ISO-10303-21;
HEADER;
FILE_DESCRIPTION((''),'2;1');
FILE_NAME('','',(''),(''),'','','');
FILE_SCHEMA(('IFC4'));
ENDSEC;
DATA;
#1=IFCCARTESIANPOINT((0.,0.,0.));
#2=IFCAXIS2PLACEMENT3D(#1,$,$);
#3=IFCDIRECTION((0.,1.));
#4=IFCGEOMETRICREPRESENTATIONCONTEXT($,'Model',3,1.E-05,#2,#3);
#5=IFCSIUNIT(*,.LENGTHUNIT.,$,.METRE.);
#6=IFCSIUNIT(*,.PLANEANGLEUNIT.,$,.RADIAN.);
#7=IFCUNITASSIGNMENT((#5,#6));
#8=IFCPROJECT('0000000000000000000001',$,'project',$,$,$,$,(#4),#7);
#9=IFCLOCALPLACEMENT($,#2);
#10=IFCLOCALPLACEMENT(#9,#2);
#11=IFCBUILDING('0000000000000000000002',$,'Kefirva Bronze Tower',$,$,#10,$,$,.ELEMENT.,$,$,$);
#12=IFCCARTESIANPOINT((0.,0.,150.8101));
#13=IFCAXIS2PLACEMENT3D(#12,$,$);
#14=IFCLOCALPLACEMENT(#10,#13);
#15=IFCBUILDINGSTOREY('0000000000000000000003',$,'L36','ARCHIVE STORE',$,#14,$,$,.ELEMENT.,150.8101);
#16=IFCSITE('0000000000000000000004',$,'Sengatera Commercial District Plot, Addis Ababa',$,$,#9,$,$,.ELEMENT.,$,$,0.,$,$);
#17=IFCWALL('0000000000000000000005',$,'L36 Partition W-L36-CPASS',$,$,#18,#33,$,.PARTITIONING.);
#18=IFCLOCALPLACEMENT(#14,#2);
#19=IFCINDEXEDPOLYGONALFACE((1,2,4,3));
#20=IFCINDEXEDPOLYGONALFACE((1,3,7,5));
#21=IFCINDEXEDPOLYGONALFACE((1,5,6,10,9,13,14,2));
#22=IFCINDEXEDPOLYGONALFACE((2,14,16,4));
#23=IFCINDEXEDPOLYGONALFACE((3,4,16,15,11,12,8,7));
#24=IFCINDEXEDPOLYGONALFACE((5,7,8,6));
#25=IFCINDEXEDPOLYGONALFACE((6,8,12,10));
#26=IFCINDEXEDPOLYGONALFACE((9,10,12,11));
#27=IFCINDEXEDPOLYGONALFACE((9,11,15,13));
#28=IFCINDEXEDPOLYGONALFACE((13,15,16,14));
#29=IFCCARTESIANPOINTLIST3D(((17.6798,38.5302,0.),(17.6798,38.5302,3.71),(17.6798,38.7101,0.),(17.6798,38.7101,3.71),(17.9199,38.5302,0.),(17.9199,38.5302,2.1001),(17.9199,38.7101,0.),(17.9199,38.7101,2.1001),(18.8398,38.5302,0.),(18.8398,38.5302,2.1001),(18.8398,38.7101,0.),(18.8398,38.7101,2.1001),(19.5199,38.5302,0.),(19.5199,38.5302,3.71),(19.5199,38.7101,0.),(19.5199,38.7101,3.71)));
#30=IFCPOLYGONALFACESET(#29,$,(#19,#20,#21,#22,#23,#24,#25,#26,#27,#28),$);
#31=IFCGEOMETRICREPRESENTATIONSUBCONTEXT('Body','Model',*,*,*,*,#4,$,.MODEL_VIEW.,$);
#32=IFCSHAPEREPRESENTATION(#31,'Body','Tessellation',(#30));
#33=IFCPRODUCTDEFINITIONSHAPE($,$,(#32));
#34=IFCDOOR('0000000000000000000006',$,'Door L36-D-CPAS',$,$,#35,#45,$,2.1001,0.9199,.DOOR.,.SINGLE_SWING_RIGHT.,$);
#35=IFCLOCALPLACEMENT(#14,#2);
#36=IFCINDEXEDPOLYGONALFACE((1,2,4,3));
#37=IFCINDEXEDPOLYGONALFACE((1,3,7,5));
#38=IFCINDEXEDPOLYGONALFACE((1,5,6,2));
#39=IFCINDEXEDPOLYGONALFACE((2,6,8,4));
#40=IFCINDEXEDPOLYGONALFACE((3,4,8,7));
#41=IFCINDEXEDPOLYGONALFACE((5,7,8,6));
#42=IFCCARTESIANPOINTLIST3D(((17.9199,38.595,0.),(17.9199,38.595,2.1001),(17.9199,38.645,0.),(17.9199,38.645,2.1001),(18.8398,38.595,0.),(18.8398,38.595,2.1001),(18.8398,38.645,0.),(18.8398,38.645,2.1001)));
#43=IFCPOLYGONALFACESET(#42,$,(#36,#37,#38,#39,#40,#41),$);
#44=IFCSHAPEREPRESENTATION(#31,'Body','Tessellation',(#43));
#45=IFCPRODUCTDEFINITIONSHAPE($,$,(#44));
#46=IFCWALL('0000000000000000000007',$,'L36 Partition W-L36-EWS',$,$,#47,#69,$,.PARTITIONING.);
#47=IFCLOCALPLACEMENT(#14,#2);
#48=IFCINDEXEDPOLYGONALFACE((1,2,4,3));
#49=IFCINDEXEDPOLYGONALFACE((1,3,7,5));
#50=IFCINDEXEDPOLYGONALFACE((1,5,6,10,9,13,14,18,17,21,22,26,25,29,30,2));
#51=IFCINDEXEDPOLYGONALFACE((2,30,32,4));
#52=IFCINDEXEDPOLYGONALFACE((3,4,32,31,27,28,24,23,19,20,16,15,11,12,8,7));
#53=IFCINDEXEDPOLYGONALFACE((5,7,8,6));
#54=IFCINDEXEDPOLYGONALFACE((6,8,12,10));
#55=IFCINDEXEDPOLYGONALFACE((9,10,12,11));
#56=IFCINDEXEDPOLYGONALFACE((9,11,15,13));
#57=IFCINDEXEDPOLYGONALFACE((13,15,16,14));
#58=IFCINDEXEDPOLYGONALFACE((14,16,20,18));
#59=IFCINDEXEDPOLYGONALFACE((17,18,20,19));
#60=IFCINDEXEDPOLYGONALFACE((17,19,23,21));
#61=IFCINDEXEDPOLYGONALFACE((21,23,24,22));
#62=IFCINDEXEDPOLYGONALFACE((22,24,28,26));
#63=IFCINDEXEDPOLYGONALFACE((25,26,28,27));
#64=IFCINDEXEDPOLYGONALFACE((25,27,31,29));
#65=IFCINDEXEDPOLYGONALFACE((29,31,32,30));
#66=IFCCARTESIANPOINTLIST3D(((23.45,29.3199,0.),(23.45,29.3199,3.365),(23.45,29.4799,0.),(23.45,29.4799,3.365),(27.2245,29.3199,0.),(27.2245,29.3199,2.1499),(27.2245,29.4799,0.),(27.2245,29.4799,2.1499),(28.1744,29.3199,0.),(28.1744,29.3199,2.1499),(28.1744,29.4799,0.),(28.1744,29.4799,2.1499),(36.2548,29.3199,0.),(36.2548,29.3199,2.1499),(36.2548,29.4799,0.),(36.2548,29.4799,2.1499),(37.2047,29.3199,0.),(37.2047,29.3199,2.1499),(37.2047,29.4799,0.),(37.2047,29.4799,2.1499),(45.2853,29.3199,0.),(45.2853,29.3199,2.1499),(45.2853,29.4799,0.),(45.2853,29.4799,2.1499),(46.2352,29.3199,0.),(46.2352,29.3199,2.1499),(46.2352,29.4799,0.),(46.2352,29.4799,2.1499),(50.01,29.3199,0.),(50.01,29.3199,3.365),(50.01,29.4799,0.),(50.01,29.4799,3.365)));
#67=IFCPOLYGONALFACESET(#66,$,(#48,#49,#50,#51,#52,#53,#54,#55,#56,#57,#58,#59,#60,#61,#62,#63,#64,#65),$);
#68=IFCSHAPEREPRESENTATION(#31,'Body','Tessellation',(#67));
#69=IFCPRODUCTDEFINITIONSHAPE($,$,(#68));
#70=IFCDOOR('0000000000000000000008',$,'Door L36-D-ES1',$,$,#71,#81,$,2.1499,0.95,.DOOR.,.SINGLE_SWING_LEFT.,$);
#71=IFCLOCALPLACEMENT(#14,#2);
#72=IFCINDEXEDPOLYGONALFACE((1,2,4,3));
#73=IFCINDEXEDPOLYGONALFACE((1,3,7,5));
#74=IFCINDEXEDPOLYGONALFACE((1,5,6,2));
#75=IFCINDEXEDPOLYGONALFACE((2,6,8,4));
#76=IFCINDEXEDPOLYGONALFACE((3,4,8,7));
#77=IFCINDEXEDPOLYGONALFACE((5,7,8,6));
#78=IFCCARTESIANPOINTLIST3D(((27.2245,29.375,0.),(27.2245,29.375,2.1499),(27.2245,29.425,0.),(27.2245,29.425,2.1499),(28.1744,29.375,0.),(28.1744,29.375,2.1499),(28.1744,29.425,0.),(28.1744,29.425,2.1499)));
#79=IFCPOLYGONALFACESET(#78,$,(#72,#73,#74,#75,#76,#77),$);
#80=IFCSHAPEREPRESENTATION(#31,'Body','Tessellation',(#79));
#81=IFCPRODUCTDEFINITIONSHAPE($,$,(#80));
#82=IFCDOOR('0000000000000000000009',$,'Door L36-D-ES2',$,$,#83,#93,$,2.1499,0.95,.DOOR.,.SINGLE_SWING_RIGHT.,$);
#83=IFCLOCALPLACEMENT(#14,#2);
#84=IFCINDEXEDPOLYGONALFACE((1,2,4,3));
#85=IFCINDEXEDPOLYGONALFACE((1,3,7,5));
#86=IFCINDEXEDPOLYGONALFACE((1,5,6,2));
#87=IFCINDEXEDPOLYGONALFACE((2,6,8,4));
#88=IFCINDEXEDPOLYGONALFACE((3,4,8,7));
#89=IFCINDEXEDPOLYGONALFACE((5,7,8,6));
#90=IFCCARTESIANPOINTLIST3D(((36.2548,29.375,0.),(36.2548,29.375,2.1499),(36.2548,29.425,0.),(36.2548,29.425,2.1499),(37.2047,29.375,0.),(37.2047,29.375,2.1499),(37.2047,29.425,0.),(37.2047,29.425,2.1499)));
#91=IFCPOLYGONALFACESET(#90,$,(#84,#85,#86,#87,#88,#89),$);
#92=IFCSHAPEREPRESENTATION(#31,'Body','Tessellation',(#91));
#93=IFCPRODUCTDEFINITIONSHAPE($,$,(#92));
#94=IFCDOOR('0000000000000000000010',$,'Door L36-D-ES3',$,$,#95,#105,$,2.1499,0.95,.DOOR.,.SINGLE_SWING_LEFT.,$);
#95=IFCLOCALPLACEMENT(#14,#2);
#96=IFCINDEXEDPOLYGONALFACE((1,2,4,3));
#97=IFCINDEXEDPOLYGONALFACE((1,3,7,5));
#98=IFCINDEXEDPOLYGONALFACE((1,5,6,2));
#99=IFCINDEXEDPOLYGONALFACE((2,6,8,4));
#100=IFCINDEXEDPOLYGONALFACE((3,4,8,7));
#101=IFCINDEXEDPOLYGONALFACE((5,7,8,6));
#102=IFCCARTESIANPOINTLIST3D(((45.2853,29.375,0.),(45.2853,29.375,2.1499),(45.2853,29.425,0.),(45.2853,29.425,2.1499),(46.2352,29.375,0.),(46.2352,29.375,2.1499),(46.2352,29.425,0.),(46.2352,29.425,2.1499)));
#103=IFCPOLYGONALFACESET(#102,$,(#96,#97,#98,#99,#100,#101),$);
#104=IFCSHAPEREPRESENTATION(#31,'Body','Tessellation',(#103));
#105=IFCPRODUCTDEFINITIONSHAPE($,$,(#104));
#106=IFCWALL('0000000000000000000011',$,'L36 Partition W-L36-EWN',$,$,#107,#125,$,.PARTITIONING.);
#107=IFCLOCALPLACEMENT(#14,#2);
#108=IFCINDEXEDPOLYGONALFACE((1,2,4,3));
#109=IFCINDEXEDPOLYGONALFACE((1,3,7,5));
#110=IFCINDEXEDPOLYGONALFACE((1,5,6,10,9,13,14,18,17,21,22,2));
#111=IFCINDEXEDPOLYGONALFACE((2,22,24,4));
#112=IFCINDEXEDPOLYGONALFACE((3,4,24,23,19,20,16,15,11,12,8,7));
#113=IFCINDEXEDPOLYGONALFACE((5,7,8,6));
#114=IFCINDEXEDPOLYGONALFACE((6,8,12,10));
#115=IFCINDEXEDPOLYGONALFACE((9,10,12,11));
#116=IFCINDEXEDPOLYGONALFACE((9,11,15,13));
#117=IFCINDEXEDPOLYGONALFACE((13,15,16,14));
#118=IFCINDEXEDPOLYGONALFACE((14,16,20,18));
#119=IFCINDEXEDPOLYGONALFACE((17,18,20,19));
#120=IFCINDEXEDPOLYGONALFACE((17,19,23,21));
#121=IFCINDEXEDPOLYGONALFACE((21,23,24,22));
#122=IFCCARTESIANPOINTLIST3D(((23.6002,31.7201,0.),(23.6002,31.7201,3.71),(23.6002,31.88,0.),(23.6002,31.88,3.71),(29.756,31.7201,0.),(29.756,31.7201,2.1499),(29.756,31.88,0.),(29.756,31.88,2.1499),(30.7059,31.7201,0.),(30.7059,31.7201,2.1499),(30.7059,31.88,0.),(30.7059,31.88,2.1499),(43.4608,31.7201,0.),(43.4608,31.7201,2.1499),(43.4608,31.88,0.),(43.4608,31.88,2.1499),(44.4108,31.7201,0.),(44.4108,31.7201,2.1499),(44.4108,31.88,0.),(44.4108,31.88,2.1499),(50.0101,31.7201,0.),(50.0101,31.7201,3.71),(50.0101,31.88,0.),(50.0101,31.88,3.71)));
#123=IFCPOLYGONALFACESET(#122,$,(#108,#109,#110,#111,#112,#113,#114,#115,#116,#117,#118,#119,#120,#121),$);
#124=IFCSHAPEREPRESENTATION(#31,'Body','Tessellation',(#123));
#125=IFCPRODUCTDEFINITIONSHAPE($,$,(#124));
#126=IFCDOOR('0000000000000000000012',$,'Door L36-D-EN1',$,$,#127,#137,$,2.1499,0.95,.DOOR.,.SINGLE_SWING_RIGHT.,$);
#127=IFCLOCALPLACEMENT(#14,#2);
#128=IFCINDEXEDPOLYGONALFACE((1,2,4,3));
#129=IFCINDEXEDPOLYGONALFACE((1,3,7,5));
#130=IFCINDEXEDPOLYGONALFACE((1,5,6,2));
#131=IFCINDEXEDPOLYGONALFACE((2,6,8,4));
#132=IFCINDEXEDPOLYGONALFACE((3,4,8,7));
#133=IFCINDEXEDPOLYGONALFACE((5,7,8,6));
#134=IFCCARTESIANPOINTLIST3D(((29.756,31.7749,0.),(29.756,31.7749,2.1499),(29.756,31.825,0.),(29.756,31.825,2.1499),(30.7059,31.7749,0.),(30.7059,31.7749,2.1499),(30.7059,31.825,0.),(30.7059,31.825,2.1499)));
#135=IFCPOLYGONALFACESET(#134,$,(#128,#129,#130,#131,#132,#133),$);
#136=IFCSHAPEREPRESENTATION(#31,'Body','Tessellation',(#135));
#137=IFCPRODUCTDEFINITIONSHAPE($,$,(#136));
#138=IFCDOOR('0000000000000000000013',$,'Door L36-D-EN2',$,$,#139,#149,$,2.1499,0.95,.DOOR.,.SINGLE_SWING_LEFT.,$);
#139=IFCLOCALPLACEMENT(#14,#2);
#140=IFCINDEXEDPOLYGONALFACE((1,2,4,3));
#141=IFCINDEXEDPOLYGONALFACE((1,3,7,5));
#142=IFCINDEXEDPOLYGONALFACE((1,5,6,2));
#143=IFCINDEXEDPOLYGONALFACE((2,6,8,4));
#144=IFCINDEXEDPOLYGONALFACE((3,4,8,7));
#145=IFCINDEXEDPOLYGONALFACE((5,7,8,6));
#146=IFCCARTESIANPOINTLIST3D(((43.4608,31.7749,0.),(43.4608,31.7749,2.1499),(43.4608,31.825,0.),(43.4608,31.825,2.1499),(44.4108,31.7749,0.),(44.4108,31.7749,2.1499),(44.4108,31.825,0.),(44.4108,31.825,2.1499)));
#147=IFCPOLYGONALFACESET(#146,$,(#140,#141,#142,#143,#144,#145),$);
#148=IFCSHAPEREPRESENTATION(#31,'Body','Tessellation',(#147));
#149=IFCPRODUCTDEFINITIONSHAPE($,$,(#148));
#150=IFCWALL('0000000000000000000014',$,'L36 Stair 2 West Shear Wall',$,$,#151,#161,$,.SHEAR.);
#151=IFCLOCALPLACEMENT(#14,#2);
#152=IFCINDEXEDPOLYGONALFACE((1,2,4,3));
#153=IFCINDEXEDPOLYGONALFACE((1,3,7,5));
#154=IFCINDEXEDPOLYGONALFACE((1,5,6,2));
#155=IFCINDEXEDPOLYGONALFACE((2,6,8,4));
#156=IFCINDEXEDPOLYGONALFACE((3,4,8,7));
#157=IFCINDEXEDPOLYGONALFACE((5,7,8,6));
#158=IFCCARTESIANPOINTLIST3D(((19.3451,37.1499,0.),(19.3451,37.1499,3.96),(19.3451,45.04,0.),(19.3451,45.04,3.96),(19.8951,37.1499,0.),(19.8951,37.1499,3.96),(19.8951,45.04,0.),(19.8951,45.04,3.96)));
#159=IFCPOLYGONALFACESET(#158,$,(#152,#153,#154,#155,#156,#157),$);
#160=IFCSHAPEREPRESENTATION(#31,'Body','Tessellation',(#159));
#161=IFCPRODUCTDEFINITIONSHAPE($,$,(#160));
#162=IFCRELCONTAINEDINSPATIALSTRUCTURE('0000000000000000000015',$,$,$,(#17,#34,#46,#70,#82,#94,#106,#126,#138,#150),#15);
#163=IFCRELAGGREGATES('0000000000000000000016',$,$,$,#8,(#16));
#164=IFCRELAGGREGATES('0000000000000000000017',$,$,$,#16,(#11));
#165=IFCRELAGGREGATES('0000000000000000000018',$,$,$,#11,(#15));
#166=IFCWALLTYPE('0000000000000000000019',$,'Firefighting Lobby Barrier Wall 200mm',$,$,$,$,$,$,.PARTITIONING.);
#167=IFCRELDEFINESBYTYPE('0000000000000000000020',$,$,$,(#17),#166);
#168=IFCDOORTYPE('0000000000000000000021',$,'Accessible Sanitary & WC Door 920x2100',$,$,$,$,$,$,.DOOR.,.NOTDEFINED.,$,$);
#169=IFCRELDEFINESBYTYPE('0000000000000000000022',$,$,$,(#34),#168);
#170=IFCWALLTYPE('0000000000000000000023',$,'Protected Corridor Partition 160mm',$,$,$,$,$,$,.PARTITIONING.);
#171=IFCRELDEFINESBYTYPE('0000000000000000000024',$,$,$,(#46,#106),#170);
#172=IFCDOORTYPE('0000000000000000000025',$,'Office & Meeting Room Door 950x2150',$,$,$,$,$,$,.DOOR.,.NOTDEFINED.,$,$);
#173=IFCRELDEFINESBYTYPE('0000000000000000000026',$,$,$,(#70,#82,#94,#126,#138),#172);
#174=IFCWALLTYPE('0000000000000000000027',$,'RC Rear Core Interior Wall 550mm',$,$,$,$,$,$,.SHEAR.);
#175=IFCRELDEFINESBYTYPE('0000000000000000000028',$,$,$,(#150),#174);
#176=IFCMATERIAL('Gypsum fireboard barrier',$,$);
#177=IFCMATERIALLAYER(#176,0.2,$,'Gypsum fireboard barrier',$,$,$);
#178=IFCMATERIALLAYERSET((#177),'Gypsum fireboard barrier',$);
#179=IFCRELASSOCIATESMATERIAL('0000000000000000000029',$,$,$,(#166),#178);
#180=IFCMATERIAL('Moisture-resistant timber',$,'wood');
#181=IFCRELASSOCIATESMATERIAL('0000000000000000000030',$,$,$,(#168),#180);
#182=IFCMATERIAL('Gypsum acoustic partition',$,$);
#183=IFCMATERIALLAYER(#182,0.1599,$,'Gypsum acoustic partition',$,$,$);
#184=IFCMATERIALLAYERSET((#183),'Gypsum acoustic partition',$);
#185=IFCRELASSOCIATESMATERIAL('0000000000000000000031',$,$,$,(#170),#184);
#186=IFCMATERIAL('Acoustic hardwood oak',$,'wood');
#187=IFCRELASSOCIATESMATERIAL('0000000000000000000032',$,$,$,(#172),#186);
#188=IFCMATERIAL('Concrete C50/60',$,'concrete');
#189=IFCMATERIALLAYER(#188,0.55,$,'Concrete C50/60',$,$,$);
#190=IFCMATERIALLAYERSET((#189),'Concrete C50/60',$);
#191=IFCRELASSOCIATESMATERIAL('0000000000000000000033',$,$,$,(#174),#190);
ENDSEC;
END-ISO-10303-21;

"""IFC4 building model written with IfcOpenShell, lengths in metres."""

from ifc_helpers import new_model, si_unit, direction, frame, frame_2d, origin, place, context, subcontext, project, spatial, rectangle, extrude, material, layer, layer_set, type_object, element, fill, save


model = new_model("IFC4")

# Units and contexts
model_context = context("Model", 3, precision=1e-05, world=origin(), true_north=direction((0.0, 1.0)))
body_context = subcontext(model_context, "Body", "Model", "MODEL_VIEW")
ifc_project = project(units=[si_unit("LENGTHUNIT", "METRE"), si_unit("PLANEANGLEUNIT", "RADIAN")], contexts=[model_context])

# Site, building, storey
site_placement = place(None, origin())
site = spatial("IfcSite", under=ifc_project, at=site_placement, Name="Sengatera Commercial District Plot, Addis Ababa", CompositionType="ELEMENT", RefElevation=0.0)
building_placement = place(site_placement, origin())
building = spatial("IfcBuilding", under=site, at=building_placement, Name="Kefirva Bronze Tower", CompositionType="ELEMENT")
storey_placement = place(building_placement, frame((0.0, 0.0, 150.8101)))
storey = spatial("IfcBuildingStorey", under=building, at=storey_placement, Name="L36", Description="ARCHIVE STORE", CompositionType="ELEMENT", Elevation=150.8101)

# Wall, opening, door
ifc_material_1 = material(Name="Gypsum fireboard barrier")
ifc_layer_1 = layer(ifc_material_1, 0.2, Name="Gypsum fireboard barrier")
ifc_layer_set_1 = layer_set([ifc_layer_1], Name="Gypsum fireboard barrier")
wall_type_1 = type_object("IfcWallType", Name="Firefighting Lobby Barrier Wall 200mm", PredefinedType="PARTITIONING", material=ifc_layer_set_1)
wall_1_placement = place(storey_placement, frame((17.6799, 38.6201, 0.0), z_axis=(0.0, 0.0, 1.0), x_axis=(1.0, 0.0, 0.0)))
wall_1 = element("IfcWall", 1, at=wall_1_placement, inside=storey, type_object=wall_type_1, Name="L36 Partition W-L36-CPASS", PredefinedType="PARTITIONING", context=body_context, shape_type="SweptSolid", body=[
    extrude(rectangle(XDim=1.8401, YDim=0.1799, at=frame_2d((0.9199, 0.0))), origin(), (0.0, 0.0, 1.0), 3.71),
])
opening_1_placement = place(wall_1_placement, frame((0.24, 0.0, 0.0)))
opening_1 = element("IfcOpeningElement", 2, at=opening_1_placement, cuts=wall_1, PredefinedType="OPENING", context=body_context, shape_type="SweptSolid", body=[
    extrude(rectangle(XDim=0.9199, YDim=2.1001, at=frame_2d((0.46, 1.05))), frame((0.0, 0.1001, 0.0), z_axis=(0.0, -1.0, 0.0), x_axis=(1.0, 0.0, 0.0)), (0.0, 0.0, 1.0), 0.2),
])
ifc_material_2 = material(Name="Moisture-resistant timber", Category="wood")
door_type_1 = type_object("IfcDoorType", Name="Accessible Sanitary & WC Door 920x2100", OperationType="NOTDEFINED", PredefinedType="DOOR", material=ifc_material_2)
door_1_placement = place(opening_1_placement, origin())
door_1 = element("IfcDoor", 3, at=door_1_placement, inside=storey, type_object=door_type_1, Name="Door L36-D-CPAS", OperationType="SINGLE_SWING_RIGHT", OverallHeight=2.1001, OverallWidth=0.9199, PredefinedType="DOOR", context=body_context, shape_type="SweptSolid", body=[
    extrude(rectangle(XDim=0.9199, YDim=2.1001, at=frame_2d((0.46, 1.05))), frame((0.0, 0.0249, 0.0), z_axis=(0.0, -1.0, 0.0), x_axis=(1.0, 0.0, 0.0)), (0.0, 0.0, 1.0), 0.05),
])
fill(opening_1, door_1)

# Walls, openings, doors
ifc_material_3 = material(Name="Gypsum acoustic partition")
ifc_layer_2 = layer(ifc_material_3, 0.1599, Name="Gypsum acoustic partition")
ifc_layer_set_2 = layer_set([ifc_layer_2], Name="Gypsum acoustic partition")
wall_type_2 = type_object("IfcWallType", Name="Protected Corridor Partition 160mm", PredefinedType="PARTITIONING", material=ifc_layer_set_2)
wall_2_placement = place(storey_placement, frame((23.45, 29.3999, 0.0), z_axis=(0.0, 0.0, 1.0), x_axis=(1.0, 0.0, 0.0)))
wall_2 = element("IfcWall", 4, at=wall_2_placement, inside=storey, type_object=wall_type_2, Name="L36 Partition W-L36-EWS", PredefinedType="PARTITIONING", context=body_context, shape_type="SweptSolid", body=[
    extrude(rectangle(XDim=26.5601, YDim=0.1599, at=frame_2d((13.28, 0.0))), origin(), (0.0, 0.0, 1.0), 3.365),
])
opening_2_placement = place(wall_2_placement, frame((4.7246, 0.0, 0.0), z_axis=(0.0, 0.0, 1.0), x_axis=(-1.0, 0.0, 0.0)))
opening_2 = element("IfcOpeningElement", 5, at=opening_2_placement, cuts=wall_2, PredefinedType="OPENING", context=body_context, shape_type="SweptSolid", body=[
    extrude(rectangle(XDim=0.95, YDim=2.1499, at=frame_2d((0.4751, 1.075))), frame((0.0, 0.0898, 0.0), z_axis=(0.0, -1.0, 0.0), x_axis=(1.0, 0.0, 0.0)), (0.0, 0.0, 1.0), 0.1799),
])
opening_3_placement = place(wall_2_placement, frame((13.7549, 0.0, 0.0), z_axis=(0.0, 0.0, 1.0), x_axis=(-1.0, 0.0, 0.0)))
opening_3 = element("IfcOpeningElement", 6, at=opening_3_placement, cuts=wall_2, PredefinedType="OPENING", context=body_context, shape_type="SweptSolid", body=[
    extrude(rectangle(XDim=0.95, YDim=2.1499, at=frame_2d((0.4751, 1.075))), frame((0.0, 0.0898, 0.0), z_axis=(0.0, -1.0, 0.0), x_axis=(1.0, 0.0, 0.0)), (0.0, 0.0, 1.0), 0.1799),
])
opening_4_placement = place(wall_2_placement, frame((22.7854, 0.0, 0.0), z_axis=(0.0, 0.0, 1.0), x_axis=(-1.0, 0.0, 0.0)))
opening_4 = element("IfcOpeningElement", 7, at=opening_4_placement, cuts=wall_2, PredefinedType="OPENING", context=body_context, shape_type="SweptSolid", body=[
    extrude(rectangle(XDim=0.95, YDim=2.1499, at=frame_2d((0.4751, 1.075))), frame((0.0, 0.0898, 0.0), z_axis=(0.0, -1.0, 0.0), x_axis=(1.0, 0.0, 0.0)), (0.0, 0.0, 1.0), 0.1799),
])
ifc_material_4 = material(Name="Acoustic hardwood oak", Category="wood")
door_type_2 = type_object("IfcDoorType", Name="Office & Meeting Room Door 950x2150", OperationType="NOTDEFINED", PredefinedType="DOOR", material=ifc_material_4)
door_2_placement = place(opening_2_placement, origin())
door_2 = element("IfcDoor", 8, at=door_2_placement, inside=storey, type_object=door_type_2, Name="Door L36-D-ES1", OperationType="SINGLE_SWING_LEFT", OverallHeight=2.1499, OverallWidth=0.95, PredefinedType="DOOR", context=body_context, shape_type="SweptSolid", body=[
    extrude(rectangle(XDim=0.95, YDim=2.1499, at=frame_2d((0.4751, 1.075))), frame((0.0, 0.0249, 0.0), z_axis=(0.0, -1.0, 0.0), x_axis=(1.0, 0.0, 0.0)), (0.0, 0.0, 1.0), 0.05),
])
fill(opening_2, door_2)
door_3_placement = place(opening_3_placement, origin())
door_3 = element("IfcDoor", 9, at=door_3_placement, inside=storey, type_object=door_type_2, Name="Door L36-D-ES2", OperationType="SINGLE_SWING_RIGHT", OverallHeight=2.1499, OverallWidth=0.95, PredefinedType="DOOR", context=body_context, shape_type="SweptSolid", body=[
    extrude(rectangle(XDim=0.95, YDim=2.1499, at=frame_2d((0.4751, 1.075))), frame((0.0, 0.0249, 0.0), z_axis=(0.0, -1.0, 0.0), x_axis=(1.0, 0.0, 0.0)), (0.0, 0.0, 1.0), 0.05),
])
fill(opening_3, door_3)
door_4_placement = place(opening_4_placement, origin())
door_4 = element("IfcDoor", 10, at=door_4_placement, inside=storey, type_object=door_type_2, Name="Door L36-D-ES3", OperationType="SINGLE_SWING_LEFT", OverallHeight=2.1499, OverallWidth=0.95, PredefinedType="DOOR", context=body_context, shape_type="SweptSolid", body=[
    extrude(rectangle(XDim=0.95, YDim=2.1499, at=frame_2d((0.4751, 1.075))), frame((0.0, 0.0249, 0.0), z_axis=(0.0, -1.0, 0.0), x_axis=(1.0, 0.0, 0.0)), (0.0, 0.0, 1.0), 0.05),
])
fill(opening_4, door_4)
wall_3_placement = place(storey_placement, frame((23.6001, 31.8, 0.0), z_axis=(0.0, 0.0, 1.0), x_axis=(1.0, 0.0, 0.0)))
wall_3 = element("IfcWall", 11, at=wall_3_placement, inside=storey, type_object=wall_type_2, Name="L36 Partition W-L36-EWN", PredefinedType="PARTITIONING", context=body_context, shape_type="SweptSolid", body=[
    extrude(rectangle(XDim=26.4099, YDim=0.1599, at=frame_2d((13.2051, 0.0))), origin(), (0.0, 0.0, 1.0), 3.71),
])
opening_5_placement = place(wall_3_placement, frame((6.1558, 0.0, 0.0)))
opening_5 = element("IfcOpeningElement", 12, at=opening_5_placement, cuts=wall_3, PredefinedType="OPENING", context=body_context, shape_type="SweptSolid", body=[
    extrude(rectangle(XDim=0.95, YDim=2.1499, at=frame_2d((0.4751, 1.075))), frame((0.0, 0.0898, 0.0), z_axis=(0.0, -1.0, 0.0), x_axis=(1.0, 0.0, 0.0)), (0.0, 0.0, 1.0), 0.1799),
])
opening_6_placement = place(wall_3_placement, frame((19.8606, 0.0, 0.0)))
opening_6 = element("IfcOpeningElement", 13, at=opening_6_placement, cuts=wall_3, PredefinedType="OPENING", context=body_context, shape_type="SweptSolid", body=[
    extrude(rectangle(XDim=0.95, YDim=2.1499, at=frame_2d((0.4751, 1.075))), frame((0.0, 0.0898, 0.0), z_axis=(0.0, -1.0, 0.0), x_axis=(1.0, 0.0, 0.0)), (0.0, 0.0, 1.0), 0.1799),
])
door_5_placement = place(opening_5_placement, origin())
door_5 = element("IfcDoor", 14, at=door_5_placement, inside=storey, type_object=door_type_2, Name="Door L36-D-EN1", OperationType="SINGLE_SWING_RIGHT", OverallHeight=2.1499, OverallWidth=0.95, PredefinedType="DOOR", context=body_context, shape_type="SweptSolid", body=[
    extrude(rectangle(XDim=0.95, YDim=2.1499, at=frame_2d((0.4751, 1.075))), frame((0.0, 0.0249, 0.0), z_axis=(0.0, -1.0, 0.0), x_axis=(1.0, 0.0, 0.0)), (0.0, 0.0, 1.0), 0.05),
])
fill(opening_5, door_5)
door_6_placement = place(opening_6_placement, origin())
door_6 = element("IfcDoor", 15, at=door_6_placement, inside=storey, type_object=door_type_2, Name="Door L36-D-EN2", OperationType="SINGLE_SWING_LEFT", OverallHeight=2.1499, OverallWidth=0.95, PredefinedType="DOOR", context=body_context, shape_type="SweptSolid", body=[
    extrude(rectangle(XDim=0.95, YDim=2.1499, at=frame_2d((0.4751, 1.075))), frame((0.0, 0.0249, 0.0), z_axis=(0.0, -1.0, 0.0), x_axis=(1.0, 0.0, 0.0)), (0.0, 0.0, 1.0), 0.05),
])
fill(opening_6, door_6)

# Wall
ifc_material_5 = material(Name="Concrete C50/60", Category="concrete")
ifc_layer_3 = layer(ifc_material_5, 0.55, Name="Concrete C50/60")
ifc_layer_set_3 = layer_set([ifc_layer_3], Name="Concrete C50/60")
wall_type_3 = type_object("IfcWallType", Name="RC Rear Core Interior Wall 550mm", PredefinedType="SHEAR", material=ifc_layer_set_3)
wall_4_placement = place(storey_placement, frame((19.6201, 37.1499, 0.0), z_axis=(0.0, 0.0, 1.0), x_axis=(0.0, 1.0, 0.0)))
element("IfcWall", 16, at=wall_4_placement, inside=storey, type_object=wall_type_3, Name="L36 Stair 2 West Shear Wall", PredefinedType="SHEAR", context=body_context, shape_type="SweptSolid", body=[
    extrude(rectangle(XDim=7.8901, YDim=0.55, at=frame_2d((3.9451, 0.0))), origin(), (0.0, 0.0, 1.0), 3.96),
])

save(model, "model.ifc")
